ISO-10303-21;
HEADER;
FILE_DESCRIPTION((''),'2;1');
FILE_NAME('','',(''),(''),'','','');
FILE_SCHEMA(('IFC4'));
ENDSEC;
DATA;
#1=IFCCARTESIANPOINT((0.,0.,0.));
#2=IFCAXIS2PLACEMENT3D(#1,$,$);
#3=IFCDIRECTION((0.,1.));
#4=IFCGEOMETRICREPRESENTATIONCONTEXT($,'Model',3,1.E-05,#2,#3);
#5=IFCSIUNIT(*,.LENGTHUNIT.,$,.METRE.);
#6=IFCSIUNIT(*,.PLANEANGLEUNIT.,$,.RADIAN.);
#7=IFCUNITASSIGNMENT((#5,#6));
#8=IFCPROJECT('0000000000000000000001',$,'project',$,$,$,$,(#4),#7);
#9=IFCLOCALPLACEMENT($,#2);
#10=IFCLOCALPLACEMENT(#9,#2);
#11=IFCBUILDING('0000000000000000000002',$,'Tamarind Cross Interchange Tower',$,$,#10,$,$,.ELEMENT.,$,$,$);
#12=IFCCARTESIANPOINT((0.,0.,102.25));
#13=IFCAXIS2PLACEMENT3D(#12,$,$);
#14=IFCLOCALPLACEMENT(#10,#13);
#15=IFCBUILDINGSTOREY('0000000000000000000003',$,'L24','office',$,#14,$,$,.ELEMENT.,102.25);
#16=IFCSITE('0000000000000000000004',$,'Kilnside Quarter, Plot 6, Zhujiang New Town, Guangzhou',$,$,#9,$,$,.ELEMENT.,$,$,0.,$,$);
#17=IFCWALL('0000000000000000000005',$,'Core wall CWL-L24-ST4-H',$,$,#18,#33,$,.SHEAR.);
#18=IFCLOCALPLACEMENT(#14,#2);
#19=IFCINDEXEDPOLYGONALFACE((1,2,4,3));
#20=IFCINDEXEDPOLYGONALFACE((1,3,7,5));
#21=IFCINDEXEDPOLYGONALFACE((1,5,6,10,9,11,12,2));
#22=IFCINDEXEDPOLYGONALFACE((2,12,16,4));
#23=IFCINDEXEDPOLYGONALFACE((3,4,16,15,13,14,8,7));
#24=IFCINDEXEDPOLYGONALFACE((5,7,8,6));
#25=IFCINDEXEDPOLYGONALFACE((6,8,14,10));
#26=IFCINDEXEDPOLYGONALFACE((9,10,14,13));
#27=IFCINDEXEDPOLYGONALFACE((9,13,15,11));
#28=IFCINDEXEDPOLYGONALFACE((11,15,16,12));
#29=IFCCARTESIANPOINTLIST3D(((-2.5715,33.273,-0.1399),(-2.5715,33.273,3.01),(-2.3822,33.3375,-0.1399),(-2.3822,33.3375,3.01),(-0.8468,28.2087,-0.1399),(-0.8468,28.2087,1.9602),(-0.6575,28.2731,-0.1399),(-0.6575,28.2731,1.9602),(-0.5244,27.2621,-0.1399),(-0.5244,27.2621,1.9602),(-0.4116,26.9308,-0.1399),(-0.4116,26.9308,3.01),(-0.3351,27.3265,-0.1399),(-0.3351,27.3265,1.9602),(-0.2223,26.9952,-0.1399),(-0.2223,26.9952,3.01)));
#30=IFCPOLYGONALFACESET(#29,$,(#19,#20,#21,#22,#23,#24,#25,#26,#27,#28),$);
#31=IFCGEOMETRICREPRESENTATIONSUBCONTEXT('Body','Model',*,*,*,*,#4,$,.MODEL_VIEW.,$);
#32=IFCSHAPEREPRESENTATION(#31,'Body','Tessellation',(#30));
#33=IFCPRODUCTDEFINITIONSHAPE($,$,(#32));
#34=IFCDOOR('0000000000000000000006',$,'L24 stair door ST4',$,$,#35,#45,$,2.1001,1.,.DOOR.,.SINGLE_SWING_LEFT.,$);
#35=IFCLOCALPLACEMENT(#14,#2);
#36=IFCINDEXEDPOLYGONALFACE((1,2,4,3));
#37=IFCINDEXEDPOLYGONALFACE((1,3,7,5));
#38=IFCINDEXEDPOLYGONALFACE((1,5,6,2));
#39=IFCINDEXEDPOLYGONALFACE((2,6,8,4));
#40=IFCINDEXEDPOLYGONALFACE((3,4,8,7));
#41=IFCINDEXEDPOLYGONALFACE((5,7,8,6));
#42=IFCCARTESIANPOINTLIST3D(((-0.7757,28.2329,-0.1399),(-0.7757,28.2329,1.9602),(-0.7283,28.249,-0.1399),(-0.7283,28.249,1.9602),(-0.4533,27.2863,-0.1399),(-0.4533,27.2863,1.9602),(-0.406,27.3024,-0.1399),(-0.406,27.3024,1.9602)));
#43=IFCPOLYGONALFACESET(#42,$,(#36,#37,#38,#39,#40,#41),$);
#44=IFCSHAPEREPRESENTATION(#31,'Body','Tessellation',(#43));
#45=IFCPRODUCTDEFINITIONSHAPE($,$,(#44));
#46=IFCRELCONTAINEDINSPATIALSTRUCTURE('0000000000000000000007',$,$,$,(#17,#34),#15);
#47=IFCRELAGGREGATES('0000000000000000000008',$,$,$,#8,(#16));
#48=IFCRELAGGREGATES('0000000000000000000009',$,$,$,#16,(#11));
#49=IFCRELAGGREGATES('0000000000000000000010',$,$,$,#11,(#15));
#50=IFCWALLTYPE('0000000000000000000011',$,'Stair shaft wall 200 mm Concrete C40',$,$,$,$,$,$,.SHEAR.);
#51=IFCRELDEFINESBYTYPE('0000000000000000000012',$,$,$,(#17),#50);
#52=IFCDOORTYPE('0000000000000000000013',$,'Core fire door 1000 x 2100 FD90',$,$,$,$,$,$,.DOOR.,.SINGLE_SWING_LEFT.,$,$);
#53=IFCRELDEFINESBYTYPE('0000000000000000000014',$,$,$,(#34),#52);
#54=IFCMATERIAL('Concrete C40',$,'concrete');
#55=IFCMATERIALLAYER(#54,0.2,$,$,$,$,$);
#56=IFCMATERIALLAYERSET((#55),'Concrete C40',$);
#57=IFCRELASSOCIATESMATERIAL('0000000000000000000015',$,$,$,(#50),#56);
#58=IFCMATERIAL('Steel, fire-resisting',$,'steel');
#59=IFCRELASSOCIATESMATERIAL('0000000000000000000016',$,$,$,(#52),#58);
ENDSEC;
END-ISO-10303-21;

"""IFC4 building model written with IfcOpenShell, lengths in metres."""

from ifc_helpers import new_model, si_unit, direction, frame, frame_2d, origin, place, context, subcontext, project, spatial, rectangle, extrude, material, layer, layer_set, type_object, element, fill, save


model = new_model("IFC4")

# Units and contexts
model_context = context("Model", 3, precision=1e-05, world=origin(), true_north=direction((0.0, 1.0)))
body_context = subcontext(model_context, "Body", "Model", "MODEL_VIEW")
ifc_project = project(units=[si_unit("LENGTHUNIT", "METRE"), si_unit("PLANEANGLEUNIT", "RADIAN")], contexts=[model_context])

# Site, building, storey
site_placement = place(None, origin())
site = spatial("IfcSite", under=ifc_project, at=site_placement, Name="Kilnside Quarter, Plot 6, Zhujiang New Town, Guangzhou", CompositionType="ELEMENT", RefElevation=0.0)
building_placement = place(site_placement, origin())
building = spatial("IfcBuilding", under=site, at=building_placement, Name="Tamarind Cross Interchange Tower", CompositionType="ELEMENT")
storey_placement = place(building_placement, frame((0.0, 0.0, 102.25)))
storey = spatial("IfcBuildingStorey", under=building, at=storey_placement, Name="L24", Description="office", CompositionType="ELEMENT", Elevation=102.25)

# Wall, opening, door
ifc_material_1 = material(Name="Concrete C40", Category="concrete")
ifc_layer_1 = layer(ifc_material_1, 0.2)
ifc_layer_set_1 = layer_set([ifc_layer_1], Name="Concrete C40")
wall_type_1 = type_object("IfcWallType", Name="Stair shaft wall 200 mm Concrete C40", PredefinedType="SHEAR", material=ifc_layer_set_1)
wall_1_placement = place(storey_placement, frame((-0.3169, 26.9629, -0.1399), z_axis=(0.0, 0.0, 1.0), x_axis=(-0.322376, 0.946612, 0.0)))
wall_1 = element("IfcWall", 1, at=wall_1_placement, inside=storey, type_object=wall_type_1, Name="Core wall CWL-L24-ST4-H", PredefinedType="SHEAR", context=body_context, shape_type="SweptSolid", body=[
    extrude(rectangle(XDim=6.7, YDim=0.2, at=frame_2d((3.3501, 0.0))), origin(), (0.0, 0.0, 1.0), 3.1499),
])
opening_1_placement = place(wall_1_placement, frame((0.3501, 0.0, 0.0)))
opening_1 = element("IfcOpeningElement", 2, at=opening_1_placement, cuts=wall_1, PredefinedType="OPENING", context=body_context, shape_type="SweptSolid", body=[
    extrude(rectangle(XDim=1.0, YDim=2.1001, at=frame_2d((0.5, 1.05))), frame((0.0, 0.1099, 0.0), z_axis=(0.0, -1.0, 0.0), x_axis=(1.0, 0.0, 0.0)), (0.0, 0.0, 1.0), 0.22),
])
ifc_material_2 = material(Name="Steel, fire-resisting", Category="steel")
door_type_1 = type_object("IfcDoorType", Name="Core fire door 1000 x 2100 FD90", OperationType="SINGLE_SWING_LEFT", PredefinedType="DOOR", material=ifc_material_2)
door_1_placement = place(opening_1_placement, origin())
door_1 = element("IfcDoor", 3, at=door_1_placement, inside=storey, type_object=door_type_1, Name="L24 stair door ST4", OperationType="SINGLE_SWING_LEFT", OverallHeight=2.1001, OverallWidth=1.0, PredefinedType="DOOR", context=body_context, shape_type="SweptSolid", body=[
    extrude(rectangle(XDim=1.0, YDim=2.1001, at=frame_2d((0.5, 1.05))), frame((0.0, 0.0249, 0.0), z_axis=(0.0, -1.0, 0.0), x_axis=(1.0, 0.0, 0.0)), (0.0, 0.0, 1.0), 0.05),
])
fill(opening_1, door_1)

save(model, "model.ifc")
